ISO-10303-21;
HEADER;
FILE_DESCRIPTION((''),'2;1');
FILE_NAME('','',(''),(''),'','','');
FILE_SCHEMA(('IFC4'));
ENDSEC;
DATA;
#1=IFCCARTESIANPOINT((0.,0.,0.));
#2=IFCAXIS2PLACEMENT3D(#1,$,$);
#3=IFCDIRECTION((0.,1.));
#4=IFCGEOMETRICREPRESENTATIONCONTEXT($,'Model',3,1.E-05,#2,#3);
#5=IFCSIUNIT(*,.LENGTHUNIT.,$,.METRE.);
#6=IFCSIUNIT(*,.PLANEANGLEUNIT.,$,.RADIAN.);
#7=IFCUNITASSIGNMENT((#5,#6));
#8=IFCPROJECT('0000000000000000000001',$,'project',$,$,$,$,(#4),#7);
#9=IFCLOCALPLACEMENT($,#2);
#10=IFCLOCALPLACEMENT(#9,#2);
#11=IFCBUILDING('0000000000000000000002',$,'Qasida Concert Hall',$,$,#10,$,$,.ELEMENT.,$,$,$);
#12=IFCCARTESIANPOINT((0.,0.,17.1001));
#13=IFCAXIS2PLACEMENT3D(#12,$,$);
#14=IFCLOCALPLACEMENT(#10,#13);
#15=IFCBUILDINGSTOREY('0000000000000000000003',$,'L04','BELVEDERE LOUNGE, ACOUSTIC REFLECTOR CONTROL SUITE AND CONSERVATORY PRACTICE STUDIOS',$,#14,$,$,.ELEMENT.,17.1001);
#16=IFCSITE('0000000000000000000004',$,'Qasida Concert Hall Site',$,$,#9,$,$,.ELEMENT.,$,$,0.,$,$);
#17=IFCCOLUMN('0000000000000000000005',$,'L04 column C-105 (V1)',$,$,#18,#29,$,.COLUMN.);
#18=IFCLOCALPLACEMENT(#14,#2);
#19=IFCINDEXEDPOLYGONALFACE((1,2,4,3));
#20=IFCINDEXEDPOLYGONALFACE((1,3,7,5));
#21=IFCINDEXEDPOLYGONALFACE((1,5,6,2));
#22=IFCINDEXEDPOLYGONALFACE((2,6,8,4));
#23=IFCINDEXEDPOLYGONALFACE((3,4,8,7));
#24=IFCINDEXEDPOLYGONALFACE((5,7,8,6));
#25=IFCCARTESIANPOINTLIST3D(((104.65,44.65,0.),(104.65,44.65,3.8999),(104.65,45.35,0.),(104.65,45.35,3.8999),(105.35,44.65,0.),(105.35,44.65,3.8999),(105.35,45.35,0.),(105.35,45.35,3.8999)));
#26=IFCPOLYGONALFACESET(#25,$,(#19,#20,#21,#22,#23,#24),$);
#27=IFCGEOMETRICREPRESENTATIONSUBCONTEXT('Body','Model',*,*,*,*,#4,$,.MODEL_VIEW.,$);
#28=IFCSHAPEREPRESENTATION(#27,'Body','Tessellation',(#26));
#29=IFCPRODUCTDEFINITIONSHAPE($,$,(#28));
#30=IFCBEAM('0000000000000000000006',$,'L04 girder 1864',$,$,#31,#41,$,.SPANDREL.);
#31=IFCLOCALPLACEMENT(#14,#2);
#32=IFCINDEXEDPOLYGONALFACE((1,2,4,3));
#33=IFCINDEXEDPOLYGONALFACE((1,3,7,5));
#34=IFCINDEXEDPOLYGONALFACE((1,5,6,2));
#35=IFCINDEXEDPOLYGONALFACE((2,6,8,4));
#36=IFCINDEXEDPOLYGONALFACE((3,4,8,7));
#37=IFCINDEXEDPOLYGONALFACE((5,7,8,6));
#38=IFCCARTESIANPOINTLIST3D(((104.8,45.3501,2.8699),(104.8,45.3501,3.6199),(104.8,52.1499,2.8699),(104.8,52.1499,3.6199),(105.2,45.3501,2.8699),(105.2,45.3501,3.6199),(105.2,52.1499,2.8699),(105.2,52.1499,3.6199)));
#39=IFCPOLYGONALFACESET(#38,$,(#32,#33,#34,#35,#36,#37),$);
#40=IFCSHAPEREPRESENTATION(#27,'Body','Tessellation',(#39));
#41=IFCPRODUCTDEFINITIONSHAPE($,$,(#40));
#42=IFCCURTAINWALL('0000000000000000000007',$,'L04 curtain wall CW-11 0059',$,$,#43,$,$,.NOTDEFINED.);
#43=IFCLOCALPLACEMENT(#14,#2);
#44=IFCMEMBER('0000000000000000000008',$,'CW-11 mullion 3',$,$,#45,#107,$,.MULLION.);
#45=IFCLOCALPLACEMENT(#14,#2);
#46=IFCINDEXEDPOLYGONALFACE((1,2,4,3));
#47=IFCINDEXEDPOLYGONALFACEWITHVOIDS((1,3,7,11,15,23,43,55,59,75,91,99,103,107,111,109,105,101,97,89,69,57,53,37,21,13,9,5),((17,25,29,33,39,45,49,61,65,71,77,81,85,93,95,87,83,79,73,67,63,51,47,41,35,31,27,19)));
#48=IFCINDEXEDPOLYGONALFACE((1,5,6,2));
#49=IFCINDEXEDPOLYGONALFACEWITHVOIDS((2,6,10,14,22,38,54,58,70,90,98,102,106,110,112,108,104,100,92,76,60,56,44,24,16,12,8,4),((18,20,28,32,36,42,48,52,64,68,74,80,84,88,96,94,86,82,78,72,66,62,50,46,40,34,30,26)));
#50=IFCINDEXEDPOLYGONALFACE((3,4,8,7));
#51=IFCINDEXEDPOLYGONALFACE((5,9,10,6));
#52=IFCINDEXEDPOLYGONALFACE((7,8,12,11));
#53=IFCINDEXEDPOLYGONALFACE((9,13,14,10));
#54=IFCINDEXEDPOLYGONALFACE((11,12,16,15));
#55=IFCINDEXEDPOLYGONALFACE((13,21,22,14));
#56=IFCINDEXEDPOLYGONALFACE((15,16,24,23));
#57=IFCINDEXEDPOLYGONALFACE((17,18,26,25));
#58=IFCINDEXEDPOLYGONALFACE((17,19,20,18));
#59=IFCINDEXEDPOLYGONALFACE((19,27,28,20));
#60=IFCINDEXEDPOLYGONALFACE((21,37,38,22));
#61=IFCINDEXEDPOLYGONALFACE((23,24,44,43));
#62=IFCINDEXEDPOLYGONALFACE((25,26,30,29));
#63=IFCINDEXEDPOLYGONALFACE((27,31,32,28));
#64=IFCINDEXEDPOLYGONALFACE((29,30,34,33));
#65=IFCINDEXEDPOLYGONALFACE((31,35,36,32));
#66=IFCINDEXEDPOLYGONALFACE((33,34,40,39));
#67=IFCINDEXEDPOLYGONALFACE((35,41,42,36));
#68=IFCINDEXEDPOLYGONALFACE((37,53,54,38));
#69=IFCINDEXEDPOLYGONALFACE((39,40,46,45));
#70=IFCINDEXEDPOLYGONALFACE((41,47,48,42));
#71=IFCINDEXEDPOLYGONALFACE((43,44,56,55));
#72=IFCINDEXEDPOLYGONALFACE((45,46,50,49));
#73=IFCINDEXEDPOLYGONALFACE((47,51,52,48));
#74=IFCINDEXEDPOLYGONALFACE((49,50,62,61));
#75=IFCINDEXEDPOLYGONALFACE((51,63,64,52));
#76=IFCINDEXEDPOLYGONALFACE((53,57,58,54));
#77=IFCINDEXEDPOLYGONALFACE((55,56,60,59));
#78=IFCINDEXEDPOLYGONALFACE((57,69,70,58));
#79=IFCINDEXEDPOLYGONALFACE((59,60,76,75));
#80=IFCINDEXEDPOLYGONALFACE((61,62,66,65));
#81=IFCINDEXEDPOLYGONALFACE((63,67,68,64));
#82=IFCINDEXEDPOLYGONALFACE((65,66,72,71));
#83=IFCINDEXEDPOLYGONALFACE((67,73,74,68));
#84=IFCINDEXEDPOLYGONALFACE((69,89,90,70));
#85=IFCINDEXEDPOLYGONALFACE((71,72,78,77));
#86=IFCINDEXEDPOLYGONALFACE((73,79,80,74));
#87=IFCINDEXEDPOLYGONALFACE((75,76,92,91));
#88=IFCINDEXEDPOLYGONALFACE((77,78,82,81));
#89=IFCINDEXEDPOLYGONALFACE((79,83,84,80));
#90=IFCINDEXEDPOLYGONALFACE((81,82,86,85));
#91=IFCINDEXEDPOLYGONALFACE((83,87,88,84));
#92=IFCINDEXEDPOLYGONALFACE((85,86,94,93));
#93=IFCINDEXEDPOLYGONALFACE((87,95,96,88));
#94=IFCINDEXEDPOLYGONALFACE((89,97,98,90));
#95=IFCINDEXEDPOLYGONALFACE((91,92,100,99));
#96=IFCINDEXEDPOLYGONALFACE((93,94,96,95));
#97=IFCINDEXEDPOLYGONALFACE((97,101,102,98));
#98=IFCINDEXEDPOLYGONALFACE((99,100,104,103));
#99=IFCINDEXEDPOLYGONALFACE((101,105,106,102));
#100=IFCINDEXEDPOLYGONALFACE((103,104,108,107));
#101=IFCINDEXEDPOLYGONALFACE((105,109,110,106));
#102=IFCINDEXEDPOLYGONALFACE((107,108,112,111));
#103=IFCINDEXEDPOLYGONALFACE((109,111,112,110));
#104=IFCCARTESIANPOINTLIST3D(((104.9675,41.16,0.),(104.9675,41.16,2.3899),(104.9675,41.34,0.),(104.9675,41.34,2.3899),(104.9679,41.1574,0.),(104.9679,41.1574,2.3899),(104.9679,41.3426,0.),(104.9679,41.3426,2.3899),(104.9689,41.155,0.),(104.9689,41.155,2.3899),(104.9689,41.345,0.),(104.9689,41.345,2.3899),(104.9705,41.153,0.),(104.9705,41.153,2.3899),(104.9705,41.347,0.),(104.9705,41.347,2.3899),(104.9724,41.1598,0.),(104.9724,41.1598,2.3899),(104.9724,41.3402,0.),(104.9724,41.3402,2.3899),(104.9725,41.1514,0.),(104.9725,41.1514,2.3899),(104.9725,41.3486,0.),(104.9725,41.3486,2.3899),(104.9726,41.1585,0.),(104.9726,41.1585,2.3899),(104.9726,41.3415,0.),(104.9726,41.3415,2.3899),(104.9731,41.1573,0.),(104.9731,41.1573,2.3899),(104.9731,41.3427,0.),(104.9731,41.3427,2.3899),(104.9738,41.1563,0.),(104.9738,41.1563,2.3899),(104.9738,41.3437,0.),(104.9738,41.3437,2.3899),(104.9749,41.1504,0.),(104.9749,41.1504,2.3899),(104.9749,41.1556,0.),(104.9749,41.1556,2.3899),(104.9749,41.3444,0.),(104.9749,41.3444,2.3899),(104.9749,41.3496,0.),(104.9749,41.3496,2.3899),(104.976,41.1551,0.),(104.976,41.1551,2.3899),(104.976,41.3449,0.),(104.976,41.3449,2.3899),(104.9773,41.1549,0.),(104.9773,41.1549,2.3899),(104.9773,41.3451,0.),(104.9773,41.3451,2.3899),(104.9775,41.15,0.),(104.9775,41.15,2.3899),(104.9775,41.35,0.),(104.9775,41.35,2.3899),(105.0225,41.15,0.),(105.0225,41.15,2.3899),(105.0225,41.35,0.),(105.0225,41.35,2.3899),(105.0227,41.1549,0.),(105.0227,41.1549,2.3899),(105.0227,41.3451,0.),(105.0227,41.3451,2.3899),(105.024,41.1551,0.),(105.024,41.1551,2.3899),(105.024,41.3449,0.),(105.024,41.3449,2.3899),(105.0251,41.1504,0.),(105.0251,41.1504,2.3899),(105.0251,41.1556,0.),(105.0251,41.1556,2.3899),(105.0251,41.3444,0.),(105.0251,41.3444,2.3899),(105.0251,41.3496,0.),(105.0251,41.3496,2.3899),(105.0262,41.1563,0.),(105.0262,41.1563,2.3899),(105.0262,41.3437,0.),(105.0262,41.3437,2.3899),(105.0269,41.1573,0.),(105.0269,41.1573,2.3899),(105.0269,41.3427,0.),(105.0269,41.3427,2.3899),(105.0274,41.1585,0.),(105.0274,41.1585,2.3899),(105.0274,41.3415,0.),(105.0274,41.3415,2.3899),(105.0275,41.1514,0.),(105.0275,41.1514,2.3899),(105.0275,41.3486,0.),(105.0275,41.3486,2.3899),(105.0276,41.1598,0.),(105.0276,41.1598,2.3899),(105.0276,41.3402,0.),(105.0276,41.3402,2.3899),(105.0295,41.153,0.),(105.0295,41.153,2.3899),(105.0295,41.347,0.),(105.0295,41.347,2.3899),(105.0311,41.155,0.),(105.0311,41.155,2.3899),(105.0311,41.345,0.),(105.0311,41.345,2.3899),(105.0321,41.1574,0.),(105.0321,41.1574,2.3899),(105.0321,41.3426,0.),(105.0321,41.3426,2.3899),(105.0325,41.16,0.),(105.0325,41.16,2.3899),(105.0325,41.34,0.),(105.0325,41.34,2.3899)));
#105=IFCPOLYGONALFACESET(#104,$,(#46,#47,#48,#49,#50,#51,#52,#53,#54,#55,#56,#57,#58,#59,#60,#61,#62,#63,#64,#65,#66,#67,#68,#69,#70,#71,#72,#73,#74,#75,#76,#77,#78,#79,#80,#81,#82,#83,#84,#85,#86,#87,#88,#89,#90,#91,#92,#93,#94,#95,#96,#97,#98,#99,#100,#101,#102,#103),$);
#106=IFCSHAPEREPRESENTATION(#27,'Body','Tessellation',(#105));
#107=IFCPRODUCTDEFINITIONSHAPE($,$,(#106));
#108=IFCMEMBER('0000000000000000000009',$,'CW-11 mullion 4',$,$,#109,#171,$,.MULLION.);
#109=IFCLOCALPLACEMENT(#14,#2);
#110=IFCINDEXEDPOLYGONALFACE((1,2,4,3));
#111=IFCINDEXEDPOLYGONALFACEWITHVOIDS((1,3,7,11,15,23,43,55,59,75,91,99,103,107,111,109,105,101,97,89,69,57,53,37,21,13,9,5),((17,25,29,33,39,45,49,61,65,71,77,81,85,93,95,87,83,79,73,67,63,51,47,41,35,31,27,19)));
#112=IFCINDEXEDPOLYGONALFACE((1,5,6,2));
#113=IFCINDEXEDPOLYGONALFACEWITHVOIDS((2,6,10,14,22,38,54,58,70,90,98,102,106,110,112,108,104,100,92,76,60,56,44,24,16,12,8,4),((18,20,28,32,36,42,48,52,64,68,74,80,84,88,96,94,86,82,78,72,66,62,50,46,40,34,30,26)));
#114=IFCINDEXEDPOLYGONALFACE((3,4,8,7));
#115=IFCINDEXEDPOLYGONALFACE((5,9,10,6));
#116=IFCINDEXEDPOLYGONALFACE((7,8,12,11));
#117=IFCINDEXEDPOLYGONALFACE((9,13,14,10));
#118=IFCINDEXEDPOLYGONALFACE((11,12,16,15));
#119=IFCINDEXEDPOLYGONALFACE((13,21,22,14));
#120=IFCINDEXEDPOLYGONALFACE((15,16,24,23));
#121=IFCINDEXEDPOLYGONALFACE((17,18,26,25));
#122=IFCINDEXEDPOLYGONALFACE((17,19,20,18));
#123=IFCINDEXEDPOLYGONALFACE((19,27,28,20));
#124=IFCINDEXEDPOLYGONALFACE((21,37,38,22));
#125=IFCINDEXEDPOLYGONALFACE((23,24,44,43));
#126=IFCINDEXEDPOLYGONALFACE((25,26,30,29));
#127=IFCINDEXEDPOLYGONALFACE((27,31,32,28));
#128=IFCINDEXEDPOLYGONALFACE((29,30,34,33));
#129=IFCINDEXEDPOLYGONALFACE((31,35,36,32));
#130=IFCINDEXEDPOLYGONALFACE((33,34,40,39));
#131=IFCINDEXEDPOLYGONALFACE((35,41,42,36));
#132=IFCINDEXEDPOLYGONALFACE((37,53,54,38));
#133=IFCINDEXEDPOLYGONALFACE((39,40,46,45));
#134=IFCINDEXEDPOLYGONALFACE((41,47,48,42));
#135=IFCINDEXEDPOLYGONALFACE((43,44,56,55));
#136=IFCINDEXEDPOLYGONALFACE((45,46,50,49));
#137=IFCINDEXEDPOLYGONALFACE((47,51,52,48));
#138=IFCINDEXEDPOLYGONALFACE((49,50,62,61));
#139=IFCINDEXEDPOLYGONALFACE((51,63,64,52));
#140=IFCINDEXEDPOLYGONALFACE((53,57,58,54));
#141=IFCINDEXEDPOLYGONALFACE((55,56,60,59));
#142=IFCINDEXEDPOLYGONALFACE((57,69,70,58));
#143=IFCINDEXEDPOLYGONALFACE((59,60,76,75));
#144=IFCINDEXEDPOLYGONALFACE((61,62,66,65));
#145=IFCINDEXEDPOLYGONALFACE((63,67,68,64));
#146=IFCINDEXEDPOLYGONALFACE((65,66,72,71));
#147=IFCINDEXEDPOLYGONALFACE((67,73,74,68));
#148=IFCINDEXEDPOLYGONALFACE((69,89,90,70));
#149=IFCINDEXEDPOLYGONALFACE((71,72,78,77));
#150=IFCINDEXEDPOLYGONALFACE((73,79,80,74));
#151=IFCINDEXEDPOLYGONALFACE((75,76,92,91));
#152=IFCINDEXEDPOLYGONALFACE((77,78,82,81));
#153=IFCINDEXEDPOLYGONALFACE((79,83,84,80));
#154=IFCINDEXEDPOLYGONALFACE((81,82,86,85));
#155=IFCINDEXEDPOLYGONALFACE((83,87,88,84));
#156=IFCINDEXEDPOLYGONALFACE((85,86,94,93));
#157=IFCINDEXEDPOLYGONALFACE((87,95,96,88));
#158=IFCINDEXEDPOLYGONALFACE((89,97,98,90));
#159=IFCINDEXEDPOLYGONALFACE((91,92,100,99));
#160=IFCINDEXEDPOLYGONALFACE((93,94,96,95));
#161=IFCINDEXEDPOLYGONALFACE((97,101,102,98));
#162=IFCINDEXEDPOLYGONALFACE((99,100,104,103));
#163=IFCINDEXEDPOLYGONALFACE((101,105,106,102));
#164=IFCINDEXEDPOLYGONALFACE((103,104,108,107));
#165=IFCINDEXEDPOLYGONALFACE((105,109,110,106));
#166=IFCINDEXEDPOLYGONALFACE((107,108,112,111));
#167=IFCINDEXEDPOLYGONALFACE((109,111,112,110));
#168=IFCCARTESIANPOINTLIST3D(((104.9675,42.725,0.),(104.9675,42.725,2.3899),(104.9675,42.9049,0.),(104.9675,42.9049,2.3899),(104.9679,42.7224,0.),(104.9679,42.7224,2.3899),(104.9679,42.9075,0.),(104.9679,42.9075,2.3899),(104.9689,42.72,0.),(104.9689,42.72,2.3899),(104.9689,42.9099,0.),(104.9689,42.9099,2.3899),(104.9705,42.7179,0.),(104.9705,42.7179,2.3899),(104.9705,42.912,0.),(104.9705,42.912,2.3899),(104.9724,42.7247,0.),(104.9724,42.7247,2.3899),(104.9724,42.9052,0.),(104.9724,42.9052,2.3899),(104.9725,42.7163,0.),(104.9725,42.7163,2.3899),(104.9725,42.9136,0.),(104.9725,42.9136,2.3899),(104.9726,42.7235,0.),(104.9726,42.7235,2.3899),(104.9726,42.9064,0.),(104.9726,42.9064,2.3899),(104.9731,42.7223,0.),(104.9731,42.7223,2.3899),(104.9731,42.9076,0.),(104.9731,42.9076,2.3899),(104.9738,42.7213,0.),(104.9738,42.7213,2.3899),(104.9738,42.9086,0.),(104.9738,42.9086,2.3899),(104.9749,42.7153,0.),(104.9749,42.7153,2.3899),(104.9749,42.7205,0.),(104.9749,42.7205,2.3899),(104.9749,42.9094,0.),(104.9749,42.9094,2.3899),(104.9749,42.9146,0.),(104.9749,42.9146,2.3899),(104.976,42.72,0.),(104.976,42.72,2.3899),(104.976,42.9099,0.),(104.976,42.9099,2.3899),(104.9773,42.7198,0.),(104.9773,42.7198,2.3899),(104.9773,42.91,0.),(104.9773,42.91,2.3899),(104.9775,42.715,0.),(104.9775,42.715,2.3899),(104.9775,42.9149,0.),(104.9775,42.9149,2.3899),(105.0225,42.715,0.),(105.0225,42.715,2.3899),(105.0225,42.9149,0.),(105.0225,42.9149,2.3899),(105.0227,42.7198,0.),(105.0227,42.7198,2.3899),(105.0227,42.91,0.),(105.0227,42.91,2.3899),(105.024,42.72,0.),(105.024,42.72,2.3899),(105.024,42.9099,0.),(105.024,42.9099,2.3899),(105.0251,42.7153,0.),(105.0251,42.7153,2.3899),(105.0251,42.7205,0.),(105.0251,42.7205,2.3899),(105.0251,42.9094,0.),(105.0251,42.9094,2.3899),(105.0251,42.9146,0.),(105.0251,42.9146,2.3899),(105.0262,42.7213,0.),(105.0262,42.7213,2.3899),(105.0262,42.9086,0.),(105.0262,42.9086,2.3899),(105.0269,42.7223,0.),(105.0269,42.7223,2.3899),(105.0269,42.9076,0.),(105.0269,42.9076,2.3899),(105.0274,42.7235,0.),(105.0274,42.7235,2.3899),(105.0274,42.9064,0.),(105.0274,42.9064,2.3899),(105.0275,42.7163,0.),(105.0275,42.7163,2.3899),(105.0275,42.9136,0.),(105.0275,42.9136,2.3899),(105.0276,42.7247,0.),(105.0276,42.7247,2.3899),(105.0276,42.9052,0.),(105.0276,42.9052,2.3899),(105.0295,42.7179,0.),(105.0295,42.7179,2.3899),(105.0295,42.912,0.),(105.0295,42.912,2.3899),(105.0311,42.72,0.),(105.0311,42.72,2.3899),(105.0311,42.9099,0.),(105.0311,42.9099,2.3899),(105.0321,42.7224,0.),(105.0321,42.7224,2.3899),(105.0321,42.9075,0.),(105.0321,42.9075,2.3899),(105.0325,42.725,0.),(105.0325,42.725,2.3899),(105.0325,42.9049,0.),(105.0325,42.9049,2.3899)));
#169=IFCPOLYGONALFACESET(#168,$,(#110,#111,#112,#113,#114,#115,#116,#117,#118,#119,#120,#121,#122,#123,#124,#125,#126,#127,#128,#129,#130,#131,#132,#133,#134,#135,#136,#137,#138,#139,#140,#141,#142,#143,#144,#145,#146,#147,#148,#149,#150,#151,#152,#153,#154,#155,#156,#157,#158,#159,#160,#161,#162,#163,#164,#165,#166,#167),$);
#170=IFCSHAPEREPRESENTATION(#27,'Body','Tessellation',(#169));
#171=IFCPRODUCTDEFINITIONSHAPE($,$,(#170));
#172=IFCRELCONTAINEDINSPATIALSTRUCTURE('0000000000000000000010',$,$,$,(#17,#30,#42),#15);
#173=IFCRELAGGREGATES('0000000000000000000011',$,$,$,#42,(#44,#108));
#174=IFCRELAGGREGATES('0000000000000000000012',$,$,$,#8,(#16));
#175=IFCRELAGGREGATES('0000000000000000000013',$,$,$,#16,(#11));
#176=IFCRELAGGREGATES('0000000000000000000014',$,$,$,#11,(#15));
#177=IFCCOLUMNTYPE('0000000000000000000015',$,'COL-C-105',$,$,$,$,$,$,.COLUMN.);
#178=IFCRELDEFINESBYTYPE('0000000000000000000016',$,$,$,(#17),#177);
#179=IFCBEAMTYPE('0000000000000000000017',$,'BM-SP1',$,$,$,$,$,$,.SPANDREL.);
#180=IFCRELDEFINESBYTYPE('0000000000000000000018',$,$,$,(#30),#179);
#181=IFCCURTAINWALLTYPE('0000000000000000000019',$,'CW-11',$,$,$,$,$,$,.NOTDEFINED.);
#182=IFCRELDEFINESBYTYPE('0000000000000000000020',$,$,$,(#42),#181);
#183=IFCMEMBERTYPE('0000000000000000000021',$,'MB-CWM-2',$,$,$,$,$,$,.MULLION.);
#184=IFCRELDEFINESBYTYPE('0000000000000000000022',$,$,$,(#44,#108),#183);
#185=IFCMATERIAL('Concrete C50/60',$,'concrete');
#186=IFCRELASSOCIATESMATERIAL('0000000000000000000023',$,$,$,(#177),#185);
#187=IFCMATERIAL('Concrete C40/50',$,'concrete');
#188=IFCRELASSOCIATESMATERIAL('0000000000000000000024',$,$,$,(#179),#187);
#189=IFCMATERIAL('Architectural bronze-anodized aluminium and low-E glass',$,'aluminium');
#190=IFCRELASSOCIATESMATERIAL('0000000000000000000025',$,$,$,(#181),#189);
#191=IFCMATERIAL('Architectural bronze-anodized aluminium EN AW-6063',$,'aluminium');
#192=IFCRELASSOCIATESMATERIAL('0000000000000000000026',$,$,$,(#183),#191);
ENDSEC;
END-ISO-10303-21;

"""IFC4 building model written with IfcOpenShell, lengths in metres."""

from ifc_helpers import new_model, si_unit, direction, frame, origin, origin_2d, place, context, subcontext, project, spatial, rectangle, hollow_rectangle, extrude, material, material_profile, profile_set, type_object, element, aggregate, save


model = new_model("IFC4")

# Units and contexts
model_context = context("Model", 3, precision=1e-05, world=origin(), true_north=direction((0.0, 1.0)))
body_context = subcontext(model_context, "Body", "Model", "MODEL_VIEW")
ifc_project = project(units=[si_unit("LENGTHUNIT", "METRE"), si_unit("PLANEANGLEUNIT", "RADIAN")], contexts=[model_context])

# Site, building, storey
site_placement = place(None, origin())
site = spatial("IfcSite", under=ifc_project, at=site_placement, Name="Qasida Concert Hall Site", CompositionType="ELEMENT", RefElevation=0.0)
building_placement = place(site_placement, origin())
building = spatial("IfcBuilding", under=site, at=building_placement, Name="Qasida Concert Hall", CompositionType="ELEMENT")
storey_placement = place(building_placement, frame((0.0, 0.0, 17.1001)))
storey = spatial("IfcBuildingStorey", under=building, at=storey_placement, Name="L04", Description="BELVEDERE LOUNGE, ACOUSTIC REFLECTOR CONTROL SUITE AND CONSERVATORY PRACTICE STUDIOS", CompositionType="ELEMENT", Elevation=17.1001)

# Column
ifc_material_1 = material(Name="Concrete C50/60", Category="concrete")
ifc_material_profile_1 = material_profile(ifc_material_1, rectangle(XDim=0.7, YDim=0.7, at=origin_2d()), Name="RC 700x700")
ifc_profile_set_1 = profile_set([ifc_material_profile_1], Name="Concrete C50/60")
column_type = type_object("IfcColumnType", Name="COL-C-105", PredefinedType="COLUMN", material=ifc_profile_set_1)
column_placement = place(storey_placement, frame((105.0, 45.0, 0.0), z_axis=(0.0, 0.0, 1.0), x_axis=(1.0, 0.0, 0.0)))
element("IfcColumn", 1, at=column_placement, inside=storey, type_object=column_type, Name="L04 column C-105 (V1)", PredefinedType="COLUMN", context=body_context, shape_type="SweptSolid", body=[
    extrude(rectangle(XDim=0.7, YDim=0.7, at=origin_2d()), origin(), (0.0, 0.0, 1.0), 3.8999),
])

# Beam
ifc_material_2 = material(Name="Concrete C40/50", Category="concrete")
ifc_material_profile_2 = material_profile(ifc_material_2, rectangle(XDim=0.3999, YDim=0.75, at=origin_2d()), Name="RC 400x750")
ifc_profile_set_2 = profile_set([ifc_material_profile_2], Name="Concrete C40/50")
beam_type = type_object("IfcBeamType", Name="BM-SP1", PredefinedType="SPANDREL", material=ifc_profile_set_2)
beam_placement = place(storey_placement, frame((105.0, 45.3501, 3.2449), z_axis=(0.0, 1.0, 0.0), x_axis=(-1.0, 0.0, 0.0)))
element("IfcBeam", 2, at=beam_placement, inside=storey, type_object=beam_type, Name="L04 girder 1864", PredefinedType="SPANDREL", context=body_context, shape_type="SweptSolid", body=[
    extrude(rectangle(XDim=0.3999, YDim=0.75, at=origin_2d()), origin(), (0.0, 0.0, 1.0), 6.7998),
])

# Curtain wall, members
ifc_material_3 = material(Name="Architectural bronze-anodized aluminium and low-E glass", Category="aluminium")
curtain_wall_type = type_object("IfcCurtainWallType", Name="CW-11", PredefinedType="NOTDEFINED", material=ifc_material_3)
curtain_wall_placement = place(storey_placement, origin())
curtain_wall = element("IfcCurtainWall", 3, at=curtain_wall_placement, inside=storey, type_object=curtain_wall_type, Name="L04 curtain wall CW-11 0059", PredefinedType="NOTDEFINED")
ifc_material_4 = material(Name="Architectural bronze-anodized aluminium EN AW-6063", Category="aluminium")
ifc_material_profile_3 = material_profile(ifc_material_4, hollow_rectangle(XDim=0.0649, YDim=0.2, WallThickness=0.0049, InnerFilletRadius=0.0049, OuterFilletRadius=0.01, at=origin_2d()), Name="CWM 200x65x5")
ifc_profile_set_3 = profile_set([ifc_material_profile_3], Name="Architectural bronze-anodized aluminium EN AW-6063")
member_type_1 = type_object("IfcMemberType", Name="MB-CWM-2", PredefinedType="MULLION", material=ifc_profile_set_3)
member_1_placement = place(storey_placement, frame((105.0, 41.25, 0.0), z_axis=(0.0, 0.0, 1.0), x_axis=(-1.0, 0.0, 0.0)))
member_1 = element("IfcMember", 4, at=member_1_placement, type_object=member_type_1, Name="CW-11 mullion 3", PredefinedType="MULLION", context=body_context, shape_type="SweptSolid", body=[
    extrude(hollow_rectangle(XDim=0.0649, YDim=0.2, WallThickness=0.0049, InnerFilletRadius=0.0049, OuterFilletRadius=0.01, at=origin_2d()), origin(), (0.0, 0.0, 1.0), 2.3899),
])
member_2_placement = place(storey_placement, frame((105.0, 42.8149, 0.0), z_axis=(0.0, 0.0, 1.0), x_axis=(-1.0, 0.0, 0.0)))
member_2 = element("IfcMember", 5, at=member_2_placement, type_object=member_type_1, Name="CW-11 mullion 4", PredefinedType="MULLION", context=body_context, shape_type="SweptSolid", body=[
    extrude(hollow_rectangle(XDim=0.0649, YDim=0.2, WallThickness=0.0049, InnerFilletRadius=0.0049, OuterFilletRadius=0.01, at=origin_2d()), origin(), (0.0, 0.0, 1.0), 2.3899),
])
aggregate(curtain_wall, [member_1, member_2])

save(model, "model.ifc")
